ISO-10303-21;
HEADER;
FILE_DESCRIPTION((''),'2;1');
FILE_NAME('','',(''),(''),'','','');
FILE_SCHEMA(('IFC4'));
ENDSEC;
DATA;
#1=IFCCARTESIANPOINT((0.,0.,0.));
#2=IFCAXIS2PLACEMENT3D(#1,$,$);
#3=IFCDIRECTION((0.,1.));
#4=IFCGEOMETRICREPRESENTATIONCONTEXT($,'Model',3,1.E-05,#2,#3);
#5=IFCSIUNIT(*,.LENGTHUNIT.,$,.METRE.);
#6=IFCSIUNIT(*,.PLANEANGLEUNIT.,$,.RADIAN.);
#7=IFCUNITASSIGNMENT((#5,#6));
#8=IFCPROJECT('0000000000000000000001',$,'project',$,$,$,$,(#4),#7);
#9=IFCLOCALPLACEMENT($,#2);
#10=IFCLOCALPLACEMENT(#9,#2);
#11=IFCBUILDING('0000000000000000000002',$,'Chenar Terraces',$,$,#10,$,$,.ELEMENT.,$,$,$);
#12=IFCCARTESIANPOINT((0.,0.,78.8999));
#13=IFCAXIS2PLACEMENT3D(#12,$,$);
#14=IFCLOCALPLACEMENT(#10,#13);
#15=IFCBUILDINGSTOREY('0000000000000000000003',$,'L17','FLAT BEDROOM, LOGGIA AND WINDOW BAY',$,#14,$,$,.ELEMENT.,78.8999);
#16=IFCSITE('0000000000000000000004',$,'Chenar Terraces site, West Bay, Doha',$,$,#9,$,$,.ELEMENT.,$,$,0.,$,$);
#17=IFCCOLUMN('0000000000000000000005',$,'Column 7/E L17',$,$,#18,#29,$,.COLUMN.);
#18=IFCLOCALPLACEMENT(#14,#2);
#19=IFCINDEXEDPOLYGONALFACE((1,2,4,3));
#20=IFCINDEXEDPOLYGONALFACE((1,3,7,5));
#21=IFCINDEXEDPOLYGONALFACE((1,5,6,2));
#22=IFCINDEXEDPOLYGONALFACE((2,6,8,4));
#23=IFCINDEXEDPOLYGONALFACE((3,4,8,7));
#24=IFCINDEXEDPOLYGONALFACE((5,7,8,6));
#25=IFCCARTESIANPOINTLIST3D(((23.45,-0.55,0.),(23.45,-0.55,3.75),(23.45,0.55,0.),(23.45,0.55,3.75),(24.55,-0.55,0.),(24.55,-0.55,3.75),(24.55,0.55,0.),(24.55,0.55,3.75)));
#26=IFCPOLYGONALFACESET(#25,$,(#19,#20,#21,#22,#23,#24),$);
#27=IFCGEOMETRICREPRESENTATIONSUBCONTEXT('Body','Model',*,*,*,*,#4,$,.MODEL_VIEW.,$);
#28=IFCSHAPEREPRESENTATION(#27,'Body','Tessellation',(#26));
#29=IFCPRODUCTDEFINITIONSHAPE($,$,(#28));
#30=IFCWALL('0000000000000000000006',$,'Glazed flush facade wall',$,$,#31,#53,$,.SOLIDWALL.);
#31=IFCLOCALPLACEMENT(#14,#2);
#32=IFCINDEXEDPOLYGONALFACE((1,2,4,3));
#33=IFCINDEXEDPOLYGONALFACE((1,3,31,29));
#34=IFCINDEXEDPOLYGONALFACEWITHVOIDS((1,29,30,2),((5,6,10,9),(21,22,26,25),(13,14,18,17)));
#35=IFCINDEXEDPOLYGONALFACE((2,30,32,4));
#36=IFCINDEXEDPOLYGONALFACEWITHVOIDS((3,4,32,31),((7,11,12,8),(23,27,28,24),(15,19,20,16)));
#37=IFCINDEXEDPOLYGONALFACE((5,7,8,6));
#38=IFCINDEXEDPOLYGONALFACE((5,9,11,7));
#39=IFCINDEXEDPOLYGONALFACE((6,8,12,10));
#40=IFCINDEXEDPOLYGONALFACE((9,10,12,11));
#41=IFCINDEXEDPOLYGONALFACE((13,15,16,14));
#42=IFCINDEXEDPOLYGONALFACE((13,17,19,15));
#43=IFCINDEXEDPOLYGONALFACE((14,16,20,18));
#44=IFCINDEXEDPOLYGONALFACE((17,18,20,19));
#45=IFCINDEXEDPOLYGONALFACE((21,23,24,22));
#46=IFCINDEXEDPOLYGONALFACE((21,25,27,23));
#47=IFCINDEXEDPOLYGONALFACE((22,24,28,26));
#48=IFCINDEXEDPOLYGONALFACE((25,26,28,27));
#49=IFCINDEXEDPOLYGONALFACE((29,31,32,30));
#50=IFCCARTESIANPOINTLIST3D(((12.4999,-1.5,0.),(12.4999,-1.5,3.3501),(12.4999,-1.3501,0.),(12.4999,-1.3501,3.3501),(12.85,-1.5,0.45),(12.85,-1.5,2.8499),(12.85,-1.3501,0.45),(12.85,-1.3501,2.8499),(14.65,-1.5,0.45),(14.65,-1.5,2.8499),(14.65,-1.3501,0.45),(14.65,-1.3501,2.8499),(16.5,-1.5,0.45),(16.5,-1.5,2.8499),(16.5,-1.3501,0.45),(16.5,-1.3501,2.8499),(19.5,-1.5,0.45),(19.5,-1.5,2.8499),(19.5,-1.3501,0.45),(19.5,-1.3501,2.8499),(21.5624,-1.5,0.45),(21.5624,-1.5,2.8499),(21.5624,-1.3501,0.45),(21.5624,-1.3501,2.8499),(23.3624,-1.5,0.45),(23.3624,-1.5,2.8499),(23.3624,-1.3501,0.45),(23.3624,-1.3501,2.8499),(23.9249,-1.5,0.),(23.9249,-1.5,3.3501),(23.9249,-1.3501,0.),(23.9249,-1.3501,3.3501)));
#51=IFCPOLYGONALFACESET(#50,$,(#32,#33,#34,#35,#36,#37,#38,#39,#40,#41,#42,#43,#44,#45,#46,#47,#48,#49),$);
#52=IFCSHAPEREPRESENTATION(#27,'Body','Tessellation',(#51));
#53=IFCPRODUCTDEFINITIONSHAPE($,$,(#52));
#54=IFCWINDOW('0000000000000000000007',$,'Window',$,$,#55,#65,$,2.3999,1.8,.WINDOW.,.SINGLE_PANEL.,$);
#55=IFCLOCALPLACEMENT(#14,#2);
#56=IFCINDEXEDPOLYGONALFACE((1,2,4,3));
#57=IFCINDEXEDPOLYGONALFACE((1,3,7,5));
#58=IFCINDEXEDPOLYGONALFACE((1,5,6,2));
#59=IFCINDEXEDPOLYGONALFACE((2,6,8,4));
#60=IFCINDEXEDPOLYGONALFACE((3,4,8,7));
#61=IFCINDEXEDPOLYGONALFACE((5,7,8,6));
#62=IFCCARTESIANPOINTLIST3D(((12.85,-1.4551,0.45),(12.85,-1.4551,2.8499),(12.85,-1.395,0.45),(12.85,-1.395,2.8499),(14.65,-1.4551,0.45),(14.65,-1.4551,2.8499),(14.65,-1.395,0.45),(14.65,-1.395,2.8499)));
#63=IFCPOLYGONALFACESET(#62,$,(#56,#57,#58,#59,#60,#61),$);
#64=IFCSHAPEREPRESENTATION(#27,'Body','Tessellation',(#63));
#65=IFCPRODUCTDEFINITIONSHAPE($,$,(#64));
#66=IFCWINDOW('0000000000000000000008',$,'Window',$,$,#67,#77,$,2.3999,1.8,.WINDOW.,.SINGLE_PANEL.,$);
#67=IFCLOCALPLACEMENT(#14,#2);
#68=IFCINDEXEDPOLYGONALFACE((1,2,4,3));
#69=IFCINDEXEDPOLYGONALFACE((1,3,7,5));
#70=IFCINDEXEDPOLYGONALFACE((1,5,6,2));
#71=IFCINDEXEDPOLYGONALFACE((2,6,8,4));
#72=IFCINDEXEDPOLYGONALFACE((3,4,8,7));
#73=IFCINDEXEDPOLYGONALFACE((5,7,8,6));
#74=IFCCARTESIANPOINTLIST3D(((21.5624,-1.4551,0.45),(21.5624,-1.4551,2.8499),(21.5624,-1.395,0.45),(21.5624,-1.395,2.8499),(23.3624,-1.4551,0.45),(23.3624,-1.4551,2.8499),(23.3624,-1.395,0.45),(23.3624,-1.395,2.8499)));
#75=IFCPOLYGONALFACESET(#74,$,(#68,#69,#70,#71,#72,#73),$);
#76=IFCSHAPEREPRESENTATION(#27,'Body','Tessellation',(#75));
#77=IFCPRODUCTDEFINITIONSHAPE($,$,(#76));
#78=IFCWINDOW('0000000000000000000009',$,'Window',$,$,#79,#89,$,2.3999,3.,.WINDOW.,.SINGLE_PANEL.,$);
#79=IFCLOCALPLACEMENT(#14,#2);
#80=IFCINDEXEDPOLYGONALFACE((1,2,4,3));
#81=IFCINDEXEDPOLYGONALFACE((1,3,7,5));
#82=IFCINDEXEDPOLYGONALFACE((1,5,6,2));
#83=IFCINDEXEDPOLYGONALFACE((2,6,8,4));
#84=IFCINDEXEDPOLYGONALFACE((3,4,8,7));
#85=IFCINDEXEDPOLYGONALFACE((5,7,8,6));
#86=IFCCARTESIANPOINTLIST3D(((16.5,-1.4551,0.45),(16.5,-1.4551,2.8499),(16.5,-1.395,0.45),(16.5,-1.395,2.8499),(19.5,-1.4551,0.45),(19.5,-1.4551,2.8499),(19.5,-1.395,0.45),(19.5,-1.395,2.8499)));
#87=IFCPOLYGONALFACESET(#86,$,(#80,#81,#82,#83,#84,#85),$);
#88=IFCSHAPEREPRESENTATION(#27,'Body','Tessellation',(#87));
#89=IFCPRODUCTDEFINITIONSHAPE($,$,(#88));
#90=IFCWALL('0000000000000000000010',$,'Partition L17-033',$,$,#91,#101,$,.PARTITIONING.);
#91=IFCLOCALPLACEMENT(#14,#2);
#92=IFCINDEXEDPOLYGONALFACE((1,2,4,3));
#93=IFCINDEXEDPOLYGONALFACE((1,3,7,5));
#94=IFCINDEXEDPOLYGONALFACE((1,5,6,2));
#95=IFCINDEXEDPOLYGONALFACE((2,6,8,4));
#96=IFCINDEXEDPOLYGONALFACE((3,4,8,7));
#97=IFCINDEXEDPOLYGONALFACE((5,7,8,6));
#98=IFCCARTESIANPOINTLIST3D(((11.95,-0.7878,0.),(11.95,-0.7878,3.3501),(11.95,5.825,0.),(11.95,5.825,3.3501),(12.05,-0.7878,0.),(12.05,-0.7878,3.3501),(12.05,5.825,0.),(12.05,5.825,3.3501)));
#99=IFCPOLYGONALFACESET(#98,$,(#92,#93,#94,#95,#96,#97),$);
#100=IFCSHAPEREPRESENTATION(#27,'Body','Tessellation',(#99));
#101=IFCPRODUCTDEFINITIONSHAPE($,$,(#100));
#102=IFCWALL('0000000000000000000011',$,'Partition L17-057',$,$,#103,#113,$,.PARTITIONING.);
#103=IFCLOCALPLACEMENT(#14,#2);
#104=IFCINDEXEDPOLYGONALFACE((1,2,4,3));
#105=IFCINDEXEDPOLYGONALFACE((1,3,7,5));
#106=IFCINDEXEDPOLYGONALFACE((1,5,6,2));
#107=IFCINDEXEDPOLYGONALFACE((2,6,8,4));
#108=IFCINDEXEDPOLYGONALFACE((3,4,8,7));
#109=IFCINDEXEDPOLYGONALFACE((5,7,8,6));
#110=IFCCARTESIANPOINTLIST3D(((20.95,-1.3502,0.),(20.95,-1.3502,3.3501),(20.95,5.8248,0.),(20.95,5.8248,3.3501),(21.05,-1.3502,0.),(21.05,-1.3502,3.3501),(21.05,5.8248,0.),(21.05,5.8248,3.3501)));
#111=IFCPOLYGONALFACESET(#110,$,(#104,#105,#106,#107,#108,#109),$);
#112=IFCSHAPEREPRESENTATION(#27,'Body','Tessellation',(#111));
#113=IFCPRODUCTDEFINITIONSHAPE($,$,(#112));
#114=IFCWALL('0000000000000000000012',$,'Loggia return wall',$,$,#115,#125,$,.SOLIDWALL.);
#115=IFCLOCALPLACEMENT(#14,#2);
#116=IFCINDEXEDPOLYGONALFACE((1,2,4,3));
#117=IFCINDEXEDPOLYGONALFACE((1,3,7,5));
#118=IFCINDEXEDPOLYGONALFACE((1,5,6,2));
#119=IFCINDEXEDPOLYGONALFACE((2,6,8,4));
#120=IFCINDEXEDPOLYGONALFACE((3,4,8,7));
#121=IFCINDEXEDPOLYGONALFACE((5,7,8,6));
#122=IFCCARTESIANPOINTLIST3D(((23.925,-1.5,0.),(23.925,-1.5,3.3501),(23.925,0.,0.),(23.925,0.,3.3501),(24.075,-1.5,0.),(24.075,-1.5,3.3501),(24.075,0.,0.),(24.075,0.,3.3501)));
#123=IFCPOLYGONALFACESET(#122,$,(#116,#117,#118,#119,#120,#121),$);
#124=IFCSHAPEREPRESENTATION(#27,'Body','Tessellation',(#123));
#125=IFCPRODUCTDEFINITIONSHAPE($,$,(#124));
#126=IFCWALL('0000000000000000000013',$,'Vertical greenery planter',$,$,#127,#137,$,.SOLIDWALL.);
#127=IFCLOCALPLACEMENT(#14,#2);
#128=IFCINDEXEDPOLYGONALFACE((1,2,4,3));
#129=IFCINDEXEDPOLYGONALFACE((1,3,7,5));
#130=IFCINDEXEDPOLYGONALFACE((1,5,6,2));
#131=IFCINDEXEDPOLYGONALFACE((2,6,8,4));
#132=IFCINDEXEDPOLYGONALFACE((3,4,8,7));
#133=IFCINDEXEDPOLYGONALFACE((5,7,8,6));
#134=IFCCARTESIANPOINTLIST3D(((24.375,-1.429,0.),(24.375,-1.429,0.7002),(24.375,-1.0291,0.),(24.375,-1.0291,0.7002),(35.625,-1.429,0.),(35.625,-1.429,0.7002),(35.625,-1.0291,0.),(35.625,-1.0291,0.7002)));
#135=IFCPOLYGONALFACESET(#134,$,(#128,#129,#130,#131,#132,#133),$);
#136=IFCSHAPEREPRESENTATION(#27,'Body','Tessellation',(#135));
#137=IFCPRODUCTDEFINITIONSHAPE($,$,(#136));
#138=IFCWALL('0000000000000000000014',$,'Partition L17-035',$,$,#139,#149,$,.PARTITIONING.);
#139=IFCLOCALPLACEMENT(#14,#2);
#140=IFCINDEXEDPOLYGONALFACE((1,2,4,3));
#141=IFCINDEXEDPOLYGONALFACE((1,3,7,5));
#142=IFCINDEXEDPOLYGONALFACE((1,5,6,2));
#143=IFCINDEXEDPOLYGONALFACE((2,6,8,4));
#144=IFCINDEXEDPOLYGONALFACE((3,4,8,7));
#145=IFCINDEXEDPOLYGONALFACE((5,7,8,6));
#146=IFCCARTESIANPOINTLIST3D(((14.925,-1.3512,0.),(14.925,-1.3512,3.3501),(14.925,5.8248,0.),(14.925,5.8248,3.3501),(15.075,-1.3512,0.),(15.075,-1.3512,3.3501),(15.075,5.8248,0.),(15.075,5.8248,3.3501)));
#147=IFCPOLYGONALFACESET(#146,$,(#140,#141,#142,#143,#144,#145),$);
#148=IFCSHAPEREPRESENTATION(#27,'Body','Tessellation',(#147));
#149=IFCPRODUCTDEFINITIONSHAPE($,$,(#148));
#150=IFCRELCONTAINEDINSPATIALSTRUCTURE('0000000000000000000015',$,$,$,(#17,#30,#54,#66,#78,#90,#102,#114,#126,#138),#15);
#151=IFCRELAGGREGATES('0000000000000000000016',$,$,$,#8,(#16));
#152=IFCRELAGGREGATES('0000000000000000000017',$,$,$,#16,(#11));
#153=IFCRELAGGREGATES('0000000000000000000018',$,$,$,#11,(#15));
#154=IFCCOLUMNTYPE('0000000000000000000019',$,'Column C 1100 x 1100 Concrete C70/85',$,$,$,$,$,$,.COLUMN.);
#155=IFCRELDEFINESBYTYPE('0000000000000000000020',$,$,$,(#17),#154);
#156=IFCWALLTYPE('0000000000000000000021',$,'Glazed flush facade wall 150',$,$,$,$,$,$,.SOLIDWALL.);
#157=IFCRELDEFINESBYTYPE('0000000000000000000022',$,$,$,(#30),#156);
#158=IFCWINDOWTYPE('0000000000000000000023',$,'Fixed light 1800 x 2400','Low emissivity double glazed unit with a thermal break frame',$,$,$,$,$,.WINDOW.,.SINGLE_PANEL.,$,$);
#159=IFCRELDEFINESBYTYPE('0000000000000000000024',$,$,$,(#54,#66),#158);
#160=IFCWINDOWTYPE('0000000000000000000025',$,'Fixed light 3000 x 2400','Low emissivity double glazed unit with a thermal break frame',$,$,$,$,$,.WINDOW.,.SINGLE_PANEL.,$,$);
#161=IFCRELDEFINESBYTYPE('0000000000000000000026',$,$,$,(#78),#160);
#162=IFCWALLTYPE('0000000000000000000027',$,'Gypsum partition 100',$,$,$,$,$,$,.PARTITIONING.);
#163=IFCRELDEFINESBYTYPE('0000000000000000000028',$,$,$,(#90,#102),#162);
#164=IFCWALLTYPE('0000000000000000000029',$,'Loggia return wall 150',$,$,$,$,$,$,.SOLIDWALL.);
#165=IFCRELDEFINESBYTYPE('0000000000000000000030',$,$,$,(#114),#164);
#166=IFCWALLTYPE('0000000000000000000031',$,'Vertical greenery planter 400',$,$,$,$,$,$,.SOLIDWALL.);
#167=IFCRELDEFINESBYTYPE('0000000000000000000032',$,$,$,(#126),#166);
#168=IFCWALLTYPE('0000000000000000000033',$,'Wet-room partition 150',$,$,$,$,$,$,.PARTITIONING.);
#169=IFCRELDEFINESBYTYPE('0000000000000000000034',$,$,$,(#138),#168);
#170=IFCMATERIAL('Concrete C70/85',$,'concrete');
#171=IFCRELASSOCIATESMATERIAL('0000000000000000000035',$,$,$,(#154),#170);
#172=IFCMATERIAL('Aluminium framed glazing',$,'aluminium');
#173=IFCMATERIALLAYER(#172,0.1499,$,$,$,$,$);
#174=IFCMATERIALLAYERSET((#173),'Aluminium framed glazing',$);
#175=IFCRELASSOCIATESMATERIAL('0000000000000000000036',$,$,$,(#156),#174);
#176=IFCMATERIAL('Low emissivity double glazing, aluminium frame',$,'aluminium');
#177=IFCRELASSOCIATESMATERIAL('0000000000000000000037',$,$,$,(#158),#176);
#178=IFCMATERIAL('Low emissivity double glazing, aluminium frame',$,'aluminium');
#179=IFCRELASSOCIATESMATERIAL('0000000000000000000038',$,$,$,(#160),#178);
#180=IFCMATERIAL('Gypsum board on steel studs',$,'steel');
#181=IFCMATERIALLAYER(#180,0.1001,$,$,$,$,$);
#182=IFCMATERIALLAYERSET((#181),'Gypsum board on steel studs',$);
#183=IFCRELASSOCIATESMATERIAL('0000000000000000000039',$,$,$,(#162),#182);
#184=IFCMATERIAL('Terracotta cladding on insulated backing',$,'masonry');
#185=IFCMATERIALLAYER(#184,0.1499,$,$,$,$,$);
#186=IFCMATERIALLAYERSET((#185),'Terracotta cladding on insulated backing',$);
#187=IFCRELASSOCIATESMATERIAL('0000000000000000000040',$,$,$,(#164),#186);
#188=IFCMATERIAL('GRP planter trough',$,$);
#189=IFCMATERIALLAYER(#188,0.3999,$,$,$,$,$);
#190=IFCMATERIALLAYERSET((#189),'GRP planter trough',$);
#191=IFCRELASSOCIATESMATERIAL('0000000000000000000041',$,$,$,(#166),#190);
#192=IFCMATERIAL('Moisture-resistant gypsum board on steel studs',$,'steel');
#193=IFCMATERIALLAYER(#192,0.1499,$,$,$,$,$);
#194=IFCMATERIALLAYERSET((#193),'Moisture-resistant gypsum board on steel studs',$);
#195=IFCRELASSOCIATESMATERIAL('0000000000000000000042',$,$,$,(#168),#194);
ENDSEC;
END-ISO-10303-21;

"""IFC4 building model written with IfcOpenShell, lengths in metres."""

from ifc_helpers import new_model, si_unit, direction, frame, frame_2d, origin, origin_2d, place, context, subcontext, project, spatial, rectangle, extrude, material, layer, layer_set, material_profile, profile_set, type_object, element, fill, save


model = new_model("IFC4")

# Units and contexts
model_context = context("Model", 3, precision=1e-05, world=origin(), true_north=direction((0.0, 1.0)))
body_context = subcontext(model_context, "Body", "Model", "MODEL_VIEW")
ifc_project = project(units=[si_unit("LENGTHUNIT", "METRE"), si_unit("PLANEANGLEUNIT", "RADIAN")], contexts=[model_context])

# Site, building, storey
site_placement = place(None, origin())
site = spatial("IfcSite", under=ifc_project, at=site_placement, Name="Chenar Terraces site, West Bay, Doha", CompositionType="ELEMENT", RefElevation=0.0)
building_placement = place(site_placement, origin())
building = spatial("IfcBuilding", under=site, at=building_placement, Name="Chenar Terraces", CompositionType="ELEMENT")
storey_placement = place(building_placement, frame((0.0, 0.0, 78.8999)))
storey = spatial("IfcBuildingStorey", under=building, at=storey_placement, Name="L17", Description="FLAT BEDROOM, LOGGIA AND WINDOW BAY", CompositionType="ELEMENT", Elevation=78.8999)

# Column
ifc_material_1 = material(Name="Concrete C70/85", Category="concrete")
ifc_material_profile_1 = material_profile(ifc_material_1, rectangle(XDim=1.1001, YDim=1.1001, at=origin_2d()), Name="C 1100 x 1100")
ifc_profile_set_1 = profile_set([ifc_material_profile_1], Name="Concrete C70/85")
column_type = type_object("IfcColumnType", Name="Column C 1100 x 1100 Concrete C70/85", PredefinedType="COLUMN", material=ifc_profile_set_1)
column_placement = place(storey_placement, frame((24.0, 0.0, 0.0), z_axis=(0.0, 0.0, 1.0), x_axis=(1.0, 0.0, 0.0)))
element("IfcColumn", 1, at=column_placement, inside=storey, type_object=column_type, Name="Column 7/E L17", PredefinedType="COLUMN", context=body_context, shape_type="SweptSolid", body=[
    extrude(rectangle(XDim=1.1001, YDim=1.1001, at=origin_2d()), origin(), (0.0, 0.0, 1.0), 3.75),
])

# Wall, openings, windows
ifc_material_2 = material(Name="Aluminium framed glazing", Category="aluminium")
ifc_layer_1 = layer(ifc_material_2, 0.1499)
ifc_layer_set_1 = layer_set([ifc_layer_1], Name="Aluminium framed glazing")
wall_type_1 = type_object("IfcWallType", Name="Glazed flush facade wall 150", PredefinedType="SOLIDWALL", material=ifc_layer_set_1)
wall_1_placement = place(storey_placement, frame((12.5, -1.425, 0.0), z_axis=(0.0, 0.0, 1.0), x_axis=(1.0, 0.0, 0.0)))
wall_1 = element("IfcWall", 2, at=wall_1_placement, inside=storey, type_object=wall_type_1, Name="Glazed flush facade wall", PredefinedType="SOLIDWALL", context=body_context, shape_type="SweptSolid", body=[
    extrude(rectangle(XDim=11.425, YDim=0.1499, at=frame_2d((5.7124, 0.0))), origin(), (0.0, 0.0, 1.0), 3.3501),
])
opening_1_placement = place(wall_1_placement, frame((0.3501, 0.0, 0.45)))
opening_1 = element("IfcOpeningElement", 3, at=opening_1_placement, cuts=wall_1, PredefinedType="OPENING", context=body_context, shape_type="SweptSolid", body=[
    extrude(rectangle(XDim=1.8, YDim=2.3999, at=frame_2d((0.8999, 1.2))), frame((0.0, 0.085, 0.0), z_axis=(0.0, -1.0, 0.0), x_axis=(1.0, 0.0, 0.0)), (0.0, 0.0, 1.0), 0.1699),
])
opening_2_placement = place(wall_1_placement, frame((4.0, 0.0, 0.45)))
opening_2 = element("IfcOpeningElement", 4, at=opening_2_placement, cuts=wall_1, PredefinedType="OPENING", context=body_context, shape_type="SweptSolid", body=[
    extrude(rectangle(XDim=3.0, YDim=2.3999, at=frame_2d((1.5, 1.2))), frame((0.0, 0.085, 0.0), z_axis=(0.0, -1.0, 0.0), x_axis=(1.0, 0.0, 0.0)), (0.0, 0.0, 1.0), 0.1699),
])
opening_3_placement = place(wall_1_placement, frame((9.0625, 0.0, 0.45)))
opening_3 = element("IfcOpeningElement", 5, at=opening_3_placement, cuts=wall_1, PredefinedType="OPENING", context=body_context, shape_type="SweptSolid", body=[
    extrude(rectangle(XDim=1.8, YDim=2.3999, at=frame_2d((0.8999, 1.2))), frame((0.0, 0.085, 0.0), z_axis=(0.0, -1.0, 0.0), x_axis=(1.0, 0.0, 0.0)), (0.0, 0.0, 1.0), 0.1699),
])
ifc_material_3 = material(Name="Low emissivity double glazing, aluminium frame", Category="aluminium")
window_type_1 = type_object("IfcWindowType", Name="Fixed light 1800 x 2400", Description="Low emissivity double glazed unit with a thermal break frame", PartitioningType="SINGLE_PANEL", PredefinedType="WINDOW", material=ifc_material_3)
window_1_placement = place(opening_1_placement, origin())
window_1 = element("IfcWindow", 6, at=window_1_placement, inside=storey, type_object=window_type_1, Name="Window", OverallHeight=2.3999, OverallWidth=1.8, PartitioningType="SINGLE_PANEL", PredefinedType="WINDOW", context=body_context, shape_type="SweptSolid", body=[
    extrude(rectangle(XDim=1.8, YDim=2.3999, at=frame_2d((0.8999, 1.2))), frame((0.0, 0.03, 0.0), z_axis=(0.0, -1.0, 0.0), x_axis=(1.0, 0.0, 0.0)), (0.0, 0.0, 1.0), 0.0601),
])
fill(opening_1, window_1)
window_2_placement = place(opening_3_placement, origin())
window_2 = element("IfcWindow", 7, at=window_2_placement, inside=storey, type_object=window_type_1, Name="Window", OverallHeight=2.3999, OverallWidth=1.8, PartitioningType="SINGLE_PANEL", PredefinedType="WINDOW", context=body_context, shape_type="SweptSolid", body=[
    extrude(rectangle(XDim=1.8, YDim=2.3999, at=frame_2d((0.8999, 1.2))), frame((0.0, 0.03, 0.0), z_axis=(0.0, -1.0, 0.0), x_axis=(1.0, 0.0, 0.0)), (0.0, 0.0, 1.0), 0.0601),
])
fill(opening_3, window_2)
ifc_material_4 = material(Name="Low emissivity double glazing, aluminium frame", Category="aluminium")
window_type_2 = type_object("IfcWindowType", Name="Fixed light 3000 x 2400", Description="Low emissivity double glazed unit with a thermal break frame", PartitioningType="SINGLE_PANEL", PredefinedType="WINDOW", material=ifc_material_4)
window_3_placement = place(opening_2_placement, origin())
window_3 = element("IfcWindow", 8, at=window_3_placement, inside=storey, type_object=window_type_2, Name="Window", OverallHeight=2.3999, OverallWidth=3.0, PartitioningType="SINGLE_PANEL", PredefinedType="WINDOW", context=body_context, shape_type="SweptSolid", body=[
    extrude(rectangle(XDim=3.0, YDim=2.3999, at=frame_2d((1.5, 1.2))), frame((0.0, 0.03, 0.0), z_axis=(0.0, -1.0, 0.0), x_axis=(1.0, 0.0, 0.0)), (0.0, 0.0, 1.0), 0.0601),
])
fill(opening_2, window_3)

# Walls
ifc_material_5 = material(Name="Gypsum board on steel studs", Category="steel")
ifc_layer_2 = layer(ifc_material_5, 0.1001)
ifc_layer_set_2 = layer_set([ifc_layer_2], Name="Gypsum board on steel studs")
wall_type_2 = type_object("IfcWallType", Name="Gypsum partition 100", PredefinedType="PARTITIONING", material=ifc_layer_set_2)
wall_2_placement = place(storey_placement, frame((12.0, -0.7878, 0.0), z_axis=(0.0, 0.0, 1.0), x_axis=(0.0, 1.0, 0.0)))
element("IfcWall", 9, at=wall_2_placement, inside=storey, type_object=wall_type_2, Name="Partition L17-033", PredefinedType="PARTITIONING", context=body_context, shape_type="SweptSolid", body=[
    extrude(rectangle(XDim=6.6128, YDim=0.1001, at=frame_2d((3.3064, 0.0))), origin(), (0.0, 0.0, 1.0), 3.3501),
])
wall_3_placement = place(storey_placement, frame((21.0, -1.3501, 0.0), z_axis=(0.0, 0.0, 1.0), x_axis=(0.0, 1.0, 0.0)))
element("IfcWall", 10, at=wall_3_placement, inside=storey, type_object=wall_type_2, Name="Partition L17-057", PredefinedType="PARTITIONING", context=body_context, shape_type="SweptSolid", body=[
    extrude(rectangle(XDim=7.175, YDim=0.1001, at=frame_2d((3.5874, 0.0))), origin(), (0.0, 0.0, 1.0), 3.3501),
])
ifc_material_6 = material(Name="Terracotta cladding on insulated backing", Category="masonry")
ifc_layer_3 = layer(ifc_material_6, 0.1499)
ifc_layer_set_3 = layer_set([ifc_layer_3], Name="Terracotta cladding on insulated backing")
wall_type_3 = type_object("IfcWallType", Name="Loggia return wall 150", PredefinedType="SOLIDWALL", material=ifc_layer_set_3)
wall_4_placement = place(storey_placement, frame((24.0, -1.5, 0.0), z_axis=(0.0, 0.0, 1.0), x_axis=(0.0, 1.0, 0.0)))
element("IfcWall", 11, at=wall_4_placement, inside=storey, type_object=wall_type_3, Name="Loggia return wall", PredefinedType="SOLIDWALL", context=body_context, shape_type="SweptSolid", body=[
    extrude(rectangle(XDim=1.5, YDim=0.1499, at=frame_2d((0.75, 0.0))), origin(), (0.0, 0.0, 1.0), 3.3501),
])
ifc_material_7 = material(Name="GRP planter trough")
ifc_layer_4 = layer(ifc_material_7, 0.3999)
ifc_layer_set_4 = layer_set([ifc_layer_4], Name="GRP planter trough")
wall_type_4 = type_object("IfcWallType", Name="Vertical greenery planter 400", PredefinedType="SOLIDWALL", material=ifc_layer_set_4)
wall_5_placement = place(storey_placement, frame((24.375, -1.229, 0.0), z_axis=(0.0, 0.0, 1.0), x_axis=(1.0, 0.0, 0.0)))
element("IfcWall", 12, at=wall_5_placement, inside=storey, type_object=wall_type_4, Name="Vertical greenery planter", PredefinedType="SOLIDWALL", context=body_context, shape_type="SweptSolid", body=[
    extrude(rectangle(XDim=11.25, YDim=0.3999, at=frame_2d((5.625, 0.0))), origin(), (0.0, 0.0, 1.0), 0.7002),
])
ifc_material_8 = material(Name="Moisture-resistant gypsum board on steel studs", Category="steel")
ifc_layer_5 = layer(ifc_material_8, 0.1499)
ifc_layer_set_5 = layer_set([ifc_layer_5], Name="Moisture-resistant gypsum board on steel studs")
wall_type_5 = type_object("IfcWallType", Name="Wet-room partition 150", PredefinedType="PARTITIONING", material=ifc_layer_set_5)
wall_6_placement = place(storey_placement, frame((15.0, -1.3511, 0.0), z_axis=(0.0, 0.0, 1.0), x_axis=(0.0, 1.0, 0.0)))
element("IfcWall", 13, at=wall_6_placement, inside=storey, type_object=wall_type_5, Name="Partition L17-035", PredefinedType="PARTITIONING", context=body_context, shape_type="SweptSolid", body=[
    extrude(rectangle(XDim=7.176, YDim=0.1499, at=frame_2d((3.5879, 0.0))), origin(), (0.0, 0.0, 1.0), 3.3501),
])

save(model, "model.ifc")
